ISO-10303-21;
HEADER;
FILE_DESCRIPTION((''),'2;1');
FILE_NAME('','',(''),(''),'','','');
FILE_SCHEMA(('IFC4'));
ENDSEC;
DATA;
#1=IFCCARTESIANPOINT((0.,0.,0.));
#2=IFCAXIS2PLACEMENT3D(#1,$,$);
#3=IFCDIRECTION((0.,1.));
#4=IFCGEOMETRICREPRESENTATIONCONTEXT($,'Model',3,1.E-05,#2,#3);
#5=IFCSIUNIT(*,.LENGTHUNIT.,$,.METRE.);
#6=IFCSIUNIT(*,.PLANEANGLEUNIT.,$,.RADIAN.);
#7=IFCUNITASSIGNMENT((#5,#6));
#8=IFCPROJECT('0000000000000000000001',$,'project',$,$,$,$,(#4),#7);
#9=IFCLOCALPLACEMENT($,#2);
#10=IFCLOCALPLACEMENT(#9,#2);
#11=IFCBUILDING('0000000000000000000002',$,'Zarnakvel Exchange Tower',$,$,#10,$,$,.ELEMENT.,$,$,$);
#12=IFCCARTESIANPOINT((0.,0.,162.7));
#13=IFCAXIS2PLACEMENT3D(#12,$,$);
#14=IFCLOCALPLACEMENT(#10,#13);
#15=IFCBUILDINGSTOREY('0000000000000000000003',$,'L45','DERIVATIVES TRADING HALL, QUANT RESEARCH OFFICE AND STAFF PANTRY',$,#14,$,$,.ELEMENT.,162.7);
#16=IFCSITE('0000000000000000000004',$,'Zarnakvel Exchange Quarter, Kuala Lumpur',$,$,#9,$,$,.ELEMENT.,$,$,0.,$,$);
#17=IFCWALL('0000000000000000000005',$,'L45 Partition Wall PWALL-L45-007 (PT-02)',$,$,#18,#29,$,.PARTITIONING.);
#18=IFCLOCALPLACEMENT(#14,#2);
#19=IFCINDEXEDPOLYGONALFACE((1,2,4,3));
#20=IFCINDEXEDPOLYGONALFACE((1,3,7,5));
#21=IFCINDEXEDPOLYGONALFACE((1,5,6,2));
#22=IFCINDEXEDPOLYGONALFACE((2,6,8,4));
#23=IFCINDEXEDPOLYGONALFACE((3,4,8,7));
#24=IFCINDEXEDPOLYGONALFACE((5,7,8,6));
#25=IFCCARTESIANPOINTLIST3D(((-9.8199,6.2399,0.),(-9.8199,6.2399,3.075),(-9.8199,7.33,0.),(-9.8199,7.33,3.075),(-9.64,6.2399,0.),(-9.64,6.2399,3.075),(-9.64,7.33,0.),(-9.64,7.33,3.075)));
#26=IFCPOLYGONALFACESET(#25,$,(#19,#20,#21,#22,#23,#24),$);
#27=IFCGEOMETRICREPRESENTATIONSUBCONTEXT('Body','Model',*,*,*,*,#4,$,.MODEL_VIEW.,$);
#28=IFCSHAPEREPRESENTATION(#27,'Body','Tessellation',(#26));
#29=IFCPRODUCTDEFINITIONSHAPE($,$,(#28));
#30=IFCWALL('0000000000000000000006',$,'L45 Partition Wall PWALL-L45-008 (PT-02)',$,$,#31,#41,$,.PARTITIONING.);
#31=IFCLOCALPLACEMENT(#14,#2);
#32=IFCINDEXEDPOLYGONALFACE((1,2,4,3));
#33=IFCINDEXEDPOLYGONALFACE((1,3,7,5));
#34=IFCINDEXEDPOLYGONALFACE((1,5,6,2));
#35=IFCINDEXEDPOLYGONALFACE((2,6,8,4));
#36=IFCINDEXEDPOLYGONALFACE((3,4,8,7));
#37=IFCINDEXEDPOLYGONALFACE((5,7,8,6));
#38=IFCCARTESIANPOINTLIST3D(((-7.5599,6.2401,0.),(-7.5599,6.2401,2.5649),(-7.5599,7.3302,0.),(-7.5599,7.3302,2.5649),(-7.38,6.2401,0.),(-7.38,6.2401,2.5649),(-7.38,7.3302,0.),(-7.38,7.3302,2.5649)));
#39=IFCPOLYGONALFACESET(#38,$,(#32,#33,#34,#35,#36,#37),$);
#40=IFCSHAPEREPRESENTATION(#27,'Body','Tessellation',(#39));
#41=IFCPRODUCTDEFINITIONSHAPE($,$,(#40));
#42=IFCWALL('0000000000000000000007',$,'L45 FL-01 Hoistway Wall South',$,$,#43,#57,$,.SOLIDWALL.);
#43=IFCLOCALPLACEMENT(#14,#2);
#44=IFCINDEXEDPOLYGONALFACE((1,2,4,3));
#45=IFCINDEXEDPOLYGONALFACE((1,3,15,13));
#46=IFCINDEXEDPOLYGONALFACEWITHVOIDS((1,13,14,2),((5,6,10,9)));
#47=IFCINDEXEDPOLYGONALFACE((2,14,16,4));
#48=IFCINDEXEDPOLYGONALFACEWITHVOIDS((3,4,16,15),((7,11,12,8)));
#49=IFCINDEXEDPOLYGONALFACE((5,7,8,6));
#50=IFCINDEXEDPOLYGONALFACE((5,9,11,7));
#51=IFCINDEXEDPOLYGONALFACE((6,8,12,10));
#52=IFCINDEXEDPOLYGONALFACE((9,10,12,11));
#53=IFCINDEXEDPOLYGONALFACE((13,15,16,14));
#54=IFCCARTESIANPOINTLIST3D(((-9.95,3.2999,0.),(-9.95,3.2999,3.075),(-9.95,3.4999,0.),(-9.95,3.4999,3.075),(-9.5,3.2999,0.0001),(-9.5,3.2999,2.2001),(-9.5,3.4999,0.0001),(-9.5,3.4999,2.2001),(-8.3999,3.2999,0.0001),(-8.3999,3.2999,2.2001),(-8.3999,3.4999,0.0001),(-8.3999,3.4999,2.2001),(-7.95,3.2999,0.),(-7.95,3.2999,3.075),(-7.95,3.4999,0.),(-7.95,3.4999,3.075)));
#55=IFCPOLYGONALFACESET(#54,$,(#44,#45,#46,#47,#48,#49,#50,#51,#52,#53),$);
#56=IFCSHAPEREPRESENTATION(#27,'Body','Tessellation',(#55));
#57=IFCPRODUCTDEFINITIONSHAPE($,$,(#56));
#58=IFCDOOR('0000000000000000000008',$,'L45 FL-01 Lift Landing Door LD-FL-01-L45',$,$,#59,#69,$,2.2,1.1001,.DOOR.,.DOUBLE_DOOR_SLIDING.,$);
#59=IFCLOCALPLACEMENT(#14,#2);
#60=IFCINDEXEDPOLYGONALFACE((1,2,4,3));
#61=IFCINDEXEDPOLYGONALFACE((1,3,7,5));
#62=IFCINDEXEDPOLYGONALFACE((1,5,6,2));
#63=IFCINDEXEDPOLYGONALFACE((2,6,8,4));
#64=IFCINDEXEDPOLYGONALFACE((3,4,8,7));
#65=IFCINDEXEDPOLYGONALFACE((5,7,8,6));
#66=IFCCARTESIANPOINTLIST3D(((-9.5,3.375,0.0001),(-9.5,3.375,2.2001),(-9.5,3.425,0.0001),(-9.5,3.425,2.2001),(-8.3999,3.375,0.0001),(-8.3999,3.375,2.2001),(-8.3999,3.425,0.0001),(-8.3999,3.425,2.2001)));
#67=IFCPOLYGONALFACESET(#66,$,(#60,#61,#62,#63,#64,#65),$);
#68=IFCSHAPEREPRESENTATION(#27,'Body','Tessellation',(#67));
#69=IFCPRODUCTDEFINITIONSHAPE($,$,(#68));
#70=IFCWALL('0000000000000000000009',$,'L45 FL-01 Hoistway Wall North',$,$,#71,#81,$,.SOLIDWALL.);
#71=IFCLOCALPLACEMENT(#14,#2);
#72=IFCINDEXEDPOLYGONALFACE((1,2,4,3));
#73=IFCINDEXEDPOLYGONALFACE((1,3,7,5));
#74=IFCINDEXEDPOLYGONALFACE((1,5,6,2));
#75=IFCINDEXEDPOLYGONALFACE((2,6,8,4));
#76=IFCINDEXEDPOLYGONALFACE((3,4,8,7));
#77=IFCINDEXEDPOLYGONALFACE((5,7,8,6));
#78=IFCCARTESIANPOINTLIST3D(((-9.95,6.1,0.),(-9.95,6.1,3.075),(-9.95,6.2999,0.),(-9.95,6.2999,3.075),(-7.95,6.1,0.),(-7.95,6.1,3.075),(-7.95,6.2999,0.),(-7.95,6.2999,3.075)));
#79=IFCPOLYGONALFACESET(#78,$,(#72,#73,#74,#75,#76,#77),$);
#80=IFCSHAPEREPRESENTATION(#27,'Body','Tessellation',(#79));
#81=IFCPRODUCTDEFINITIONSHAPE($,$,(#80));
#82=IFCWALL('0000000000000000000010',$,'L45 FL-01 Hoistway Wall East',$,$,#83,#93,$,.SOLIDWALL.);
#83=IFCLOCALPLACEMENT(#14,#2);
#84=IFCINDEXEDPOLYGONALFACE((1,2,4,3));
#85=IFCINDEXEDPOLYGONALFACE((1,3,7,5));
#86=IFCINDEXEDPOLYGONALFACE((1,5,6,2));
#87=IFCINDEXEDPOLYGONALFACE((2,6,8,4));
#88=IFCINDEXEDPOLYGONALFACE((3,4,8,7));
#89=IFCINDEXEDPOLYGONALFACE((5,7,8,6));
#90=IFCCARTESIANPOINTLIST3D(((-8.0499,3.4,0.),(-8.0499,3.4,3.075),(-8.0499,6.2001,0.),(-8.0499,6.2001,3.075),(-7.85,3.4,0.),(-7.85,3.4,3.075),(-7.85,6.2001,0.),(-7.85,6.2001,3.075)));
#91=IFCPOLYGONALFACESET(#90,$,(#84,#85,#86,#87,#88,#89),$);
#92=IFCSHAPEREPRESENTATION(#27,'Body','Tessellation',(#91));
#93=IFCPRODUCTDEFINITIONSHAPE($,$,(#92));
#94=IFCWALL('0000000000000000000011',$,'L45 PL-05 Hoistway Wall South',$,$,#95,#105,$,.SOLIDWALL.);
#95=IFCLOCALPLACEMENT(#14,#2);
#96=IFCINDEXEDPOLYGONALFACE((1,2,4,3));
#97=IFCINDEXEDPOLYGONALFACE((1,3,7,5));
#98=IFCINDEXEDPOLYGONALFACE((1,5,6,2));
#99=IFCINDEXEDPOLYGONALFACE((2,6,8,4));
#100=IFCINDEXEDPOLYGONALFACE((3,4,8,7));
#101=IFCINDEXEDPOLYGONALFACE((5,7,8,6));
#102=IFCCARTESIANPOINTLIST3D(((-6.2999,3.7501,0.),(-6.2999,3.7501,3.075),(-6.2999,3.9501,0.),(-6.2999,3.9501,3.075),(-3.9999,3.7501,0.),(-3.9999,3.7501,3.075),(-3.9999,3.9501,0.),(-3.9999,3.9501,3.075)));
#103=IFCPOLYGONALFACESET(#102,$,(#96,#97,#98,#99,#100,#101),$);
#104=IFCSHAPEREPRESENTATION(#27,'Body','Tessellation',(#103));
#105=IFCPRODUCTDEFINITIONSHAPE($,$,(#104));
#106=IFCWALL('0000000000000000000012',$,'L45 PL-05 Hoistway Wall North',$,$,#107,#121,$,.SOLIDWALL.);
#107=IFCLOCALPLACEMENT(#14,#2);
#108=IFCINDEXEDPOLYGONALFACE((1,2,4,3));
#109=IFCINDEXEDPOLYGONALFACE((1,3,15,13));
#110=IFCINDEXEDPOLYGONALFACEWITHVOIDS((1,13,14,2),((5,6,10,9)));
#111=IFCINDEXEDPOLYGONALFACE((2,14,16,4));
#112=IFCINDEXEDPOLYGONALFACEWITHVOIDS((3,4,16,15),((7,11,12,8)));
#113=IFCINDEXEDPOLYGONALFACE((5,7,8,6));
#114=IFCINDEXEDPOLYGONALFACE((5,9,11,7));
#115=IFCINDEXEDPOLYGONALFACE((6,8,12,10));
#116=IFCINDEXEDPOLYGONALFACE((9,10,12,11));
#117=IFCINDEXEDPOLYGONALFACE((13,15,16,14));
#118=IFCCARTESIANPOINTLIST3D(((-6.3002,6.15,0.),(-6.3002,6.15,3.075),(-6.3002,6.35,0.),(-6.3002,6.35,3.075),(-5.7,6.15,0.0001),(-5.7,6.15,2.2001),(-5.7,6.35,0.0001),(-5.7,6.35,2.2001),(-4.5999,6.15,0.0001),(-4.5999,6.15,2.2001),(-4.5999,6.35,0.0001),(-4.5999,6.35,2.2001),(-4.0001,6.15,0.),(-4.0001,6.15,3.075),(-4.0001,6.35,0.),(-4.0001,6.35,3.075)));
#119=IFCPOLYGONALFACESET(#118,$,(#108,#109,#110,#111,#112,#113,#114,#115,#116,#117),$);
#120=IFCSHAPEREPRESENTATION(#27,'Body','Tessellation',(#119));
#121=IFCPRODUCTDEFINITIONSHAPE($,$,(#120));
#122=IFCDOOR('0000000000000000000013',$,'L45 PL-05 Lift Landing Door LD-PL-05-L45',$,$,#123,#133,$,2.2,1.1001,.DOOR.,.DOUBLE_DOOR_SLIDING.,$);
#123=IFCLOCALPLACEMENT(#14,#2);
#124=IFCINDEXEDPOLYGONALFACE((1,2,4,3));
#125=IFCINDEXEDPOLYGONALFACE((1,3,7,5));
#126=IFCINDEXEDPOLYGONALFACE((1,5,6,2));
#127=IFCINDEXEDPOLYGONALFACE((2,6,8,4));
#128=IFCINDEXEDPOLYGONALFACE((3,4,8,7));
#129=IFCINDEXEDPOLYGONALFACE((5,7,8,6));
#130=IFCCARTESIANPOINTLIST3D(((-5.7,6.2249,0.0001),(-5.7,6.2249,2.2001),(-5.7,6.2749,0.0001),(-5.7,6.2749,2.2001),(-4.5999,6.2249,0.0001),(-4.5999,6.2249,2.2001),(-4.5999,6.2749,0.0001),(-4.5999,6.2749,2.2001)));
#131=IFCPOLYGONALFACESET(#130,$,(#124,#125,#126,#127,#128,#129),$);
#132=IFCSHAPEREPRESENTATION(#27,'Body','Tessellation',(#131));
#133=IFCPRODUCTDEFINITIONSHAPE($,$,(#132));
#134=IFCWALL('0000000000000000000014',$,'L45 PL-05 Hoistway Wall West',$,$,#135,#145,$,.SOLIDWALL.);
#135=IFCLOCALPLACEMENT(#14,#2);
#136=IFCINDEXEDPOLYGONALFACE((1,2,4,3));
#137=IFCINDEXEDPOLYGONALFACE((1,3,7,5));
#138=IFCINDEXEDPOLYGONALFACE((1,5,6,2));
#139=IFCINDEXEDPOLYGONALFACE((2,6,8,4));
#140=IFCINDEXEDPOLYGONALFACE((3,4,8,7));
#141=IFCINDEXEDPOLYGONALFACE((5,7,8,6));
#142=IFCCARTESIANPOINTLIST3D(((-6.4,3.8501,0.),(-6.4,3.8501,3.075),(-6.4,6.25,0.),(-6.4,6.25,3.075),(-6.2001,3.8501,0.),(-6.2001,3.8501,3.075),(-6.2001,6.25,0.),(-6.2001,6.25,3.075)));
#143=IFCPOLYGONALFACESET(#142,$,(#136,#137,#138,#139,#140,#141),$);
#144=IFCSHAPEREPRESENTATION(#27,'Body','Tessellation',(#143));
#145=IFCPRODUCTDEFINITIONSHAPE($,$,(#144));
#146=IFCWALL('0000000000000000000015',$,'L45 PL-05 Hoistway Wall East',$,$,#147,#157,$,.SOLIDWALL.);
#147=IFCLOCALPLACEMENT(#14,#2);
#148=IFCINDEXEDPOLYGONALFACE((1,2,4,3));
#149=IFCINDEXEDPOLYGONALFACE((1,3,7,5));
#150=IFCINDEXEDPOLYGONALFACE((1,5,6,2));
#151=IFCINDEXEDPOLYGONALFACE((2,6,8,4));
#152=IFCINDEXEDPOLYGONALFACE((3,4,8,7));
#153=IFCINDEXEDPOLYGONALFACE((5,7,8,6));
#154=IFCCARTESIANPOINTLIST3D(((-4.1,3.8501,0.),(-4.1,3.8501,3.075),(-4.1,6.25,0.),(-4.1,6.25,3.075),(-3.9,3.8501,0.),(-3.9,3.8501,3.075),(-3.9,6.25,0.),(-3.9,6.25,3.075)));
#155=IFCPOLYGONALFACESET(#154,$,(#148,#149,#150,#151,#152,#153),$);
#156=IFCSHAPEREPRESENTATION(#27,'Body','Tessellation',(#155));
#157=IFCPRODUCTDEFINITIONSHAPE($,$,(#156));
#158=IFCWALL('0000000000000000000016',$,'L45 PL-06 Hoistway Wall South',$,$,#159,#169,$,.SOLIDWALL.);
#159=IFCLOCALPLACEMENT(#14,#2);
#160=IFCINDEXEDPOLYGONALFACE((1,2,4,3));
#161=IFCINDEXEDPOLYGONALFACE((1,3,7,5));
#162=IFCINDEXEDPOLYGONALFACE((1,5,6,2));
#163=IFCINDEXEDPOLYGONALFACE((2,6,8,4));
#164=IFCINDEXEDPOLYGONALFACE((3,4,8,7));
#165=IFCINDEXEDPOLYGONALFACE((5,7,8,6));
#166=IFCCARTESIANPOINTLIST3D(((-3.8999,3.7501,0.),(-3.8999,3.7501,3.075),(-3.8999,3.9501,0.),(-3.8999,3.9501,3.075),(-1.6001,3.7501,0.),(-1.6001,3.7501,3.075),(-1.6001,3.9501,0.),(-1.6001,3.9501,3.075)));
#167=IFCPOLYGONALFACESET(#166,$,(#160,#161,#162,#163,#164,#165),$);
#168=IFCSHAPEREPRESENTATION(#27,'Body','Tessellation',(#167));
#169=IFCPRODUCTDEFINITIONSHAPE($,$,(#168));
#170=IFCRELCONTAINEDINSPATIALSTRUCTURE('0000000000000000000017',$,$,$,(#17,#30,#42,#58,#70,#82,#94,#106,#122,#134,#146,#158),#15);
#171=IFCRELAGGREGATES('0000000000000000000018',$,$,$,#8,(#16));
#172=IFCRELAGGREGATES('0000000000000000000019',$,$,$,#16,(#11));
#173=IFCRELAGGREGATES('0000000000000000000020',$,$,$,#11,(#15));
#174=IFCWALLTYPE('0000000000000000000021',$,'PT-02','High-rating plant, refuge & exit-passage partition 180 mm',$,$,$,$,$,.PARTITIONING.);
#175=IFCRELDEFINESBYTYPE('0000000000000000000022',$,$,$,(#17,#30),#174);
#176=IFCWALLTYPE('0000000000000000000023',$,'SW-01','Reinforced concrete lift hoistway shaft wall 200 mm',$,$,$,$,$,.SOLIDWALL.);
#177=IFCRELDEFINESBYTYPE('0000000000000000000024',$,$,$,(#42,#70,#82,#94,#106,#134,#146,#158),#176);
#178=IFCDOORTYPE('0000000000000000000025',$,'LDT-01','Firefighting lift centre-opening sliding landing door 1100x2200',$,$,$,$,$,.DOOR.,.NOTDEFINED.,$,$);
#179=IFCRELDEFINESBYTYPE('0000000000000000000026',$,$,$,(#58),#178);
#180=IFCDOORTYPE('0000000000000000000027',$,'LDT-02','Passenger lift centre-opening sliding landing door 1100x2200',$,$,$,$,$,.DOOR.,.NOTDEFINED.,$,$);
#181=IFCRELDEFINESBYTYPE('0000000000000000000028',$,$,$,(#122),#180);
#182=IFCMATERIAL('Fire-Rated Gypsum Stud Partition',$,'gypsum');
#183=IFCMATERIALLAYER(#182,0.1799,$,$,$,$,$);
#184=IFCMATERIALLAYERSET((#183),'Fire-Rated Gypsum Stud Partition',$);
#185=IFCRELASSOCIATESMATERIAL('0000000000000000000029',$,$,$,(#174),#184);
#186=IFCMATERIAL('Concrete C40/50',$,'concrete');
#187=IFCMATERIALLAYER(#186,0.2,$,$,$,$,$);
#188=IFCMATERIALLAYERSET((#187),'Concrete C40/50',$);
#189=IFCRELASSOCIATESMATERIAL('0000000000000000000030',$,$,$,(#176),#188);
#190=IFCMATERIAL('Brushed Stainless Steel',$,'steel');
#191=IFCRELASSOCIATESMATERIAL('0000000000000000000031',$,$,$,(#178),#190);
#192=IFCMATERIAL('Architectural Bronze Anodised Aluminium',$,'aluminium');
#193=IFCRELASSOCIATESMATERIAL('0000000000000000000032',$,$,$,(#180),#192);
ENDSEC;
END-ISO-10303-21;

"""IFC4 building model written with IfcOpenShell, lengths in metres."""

from ifc_helpers import new_model, si_unit, direction, frame, frame_2d, origin, place, context, subcontext, project, spatial, rectangle, extrude, source, transform, mapped, material, layer, layer_set, type_object, element, fill, save


model = new_model("IFC4")

# Units and contexts
model_context = context("Model", 3, precision=1e-05, world=origin(), true_north=direction((0.0, 1.0)))
body_context = subcontext(model_context, "Body", "Model", "MODEL_VIEW")
ifc_project = project(units=[si_unit("LENGTHUNIT", "METRE"), si_unit("PLANEANGLEUNIT", "RADIAN")], contexts=[model_context])

# Site, building, storey
site_placement = place(None, origin())
site = spatial("IfcSite", under=ifc_project, at=site_placement, Name="Zarnakvel Exchange Quarter, Kuala Lumpur", CompositionType="ELEMENT", RefElevation=0.0)
building_placement = place(site_placement, origin())
building = spatial("IfcBuilding", under=site, at=building_placement, Name="Zarnakvel Exchange Tower", CompositionType="ELEMENT")
storey_placement = place(building_placement, frame((0.0, 0.0, 162.7)))
storey = spatial("IfcBuildingStorey", under=building, at=storey_placement, Name="L45", Description="DERIVATIVES TRADING HALL, QUANT RESEARCH OFFICE AND STAFF PANTRY", CompositionType="ELEMENT", Elevation=162.7)

# Walls
ifc_material_1 = material(Name="Fire-Rated Gypsum Stud Partition", Category="gypsum")
ifc_layer_1 = layer(ifc_material_1, 0.1799)
ifc_layer_set_1 = layer_set([ifc_layer_1], Name="Fire-Rated Gypsum Stud Partition")
wall_type_1 = type_object("IfcWallType", Name="PT-02", Description="High-rating plant, refuge & exit-passage partition 180 mm", PredefinedType="PARTITIONING", material=ifc_layer_set_1)
wall_1_placement = place(storey_placement, frame((-9.73, 6.24, 0.0), z_axis=(0.0, 0.0, 1.0), x_axis=(0.0, 1.0, 0.0)))
element("IfcWall", 1, at=wall_1_placement, inside=storey, type_object=wall_type_1, Name="L45 Partition Wall PWALL-L45-007 (PT-02)", PredefinedType="PARTITIONING", context=body_context, shape_type="SweptSolid", body=[
    extrude(rectangle(XDim=1.0901, YDim=0.1799, at=frame_2d((0.5449, 0.0))), origin(), (0.0, 0.0, 1.0), 3.075),
])
wall_2_placement = place(storey_placement, frame((-7.47, 7.3301, 0.0), z_axis=(0.0, 0.0, 1.0), x_axis=(0.0, -1.0, 0.0)))
element("IfcWall", 2, at=wall_2_placement, inside=storey, type_object=wall_type_1, Name="L45 Partition Wall PWALL-L45-008 (PT-02)", PredefinedType="PARTITIONING", context=body_context, shape_type="SweptSolid", body=[
    extrude(rectangle(XDim=1.0901, YDim=0.1799, at=frame_2d((0.5449, 0.0))), origin(), (0.0, 0.0, 1.0), 2.5649),
])

# Wall, opening, door
ifc_material_2 = material(Name="Concrete C40/50", Category="concrete")
ifc_layer_2 = layer(ifc_material_2, 0.2)
ifc_layer_set_2 = layer_set([ifc_layer_2], Name="Concrete C40/50")
wall_type_2 = type_object("IfcWallType", Name="SW-01", Description="Reinforced concrete lift hoistway shaft wall 200 mm", PredefinedType="SOLIDWALL", material=ifc_layer_set_2)
wall_3_placement = place(storey_placement, frame((-7.95, 3.3999, 0.0), z_axis=(0.0, 0.0, 1.0), x_axis=(-1.0, 0.0, 0.0)))
wall_3 = element("IfcWall", 3, at=wall_3_placement, inside=storey, type_object=wall_type_2, Name="L45 FL-01 Hoistway Wall South", PredefinedType="SOLIDWALL", context=body_context, shape_type="SweptSolid", body=[
    extrude(rectangle(XDim=2.0, YDim=0.2, at=frame_2d((1.0, 0.0))), origin(), (0.0, 0.0, 1.0), 3.075),
])
opening_1_placement = place(wall_3_placement, frame((0.45, 0.0, 0.0)))
opening_1 = element("IfcOpeningElement", 4, at=opening_1_placement, cuts=wall_3, PredefinedType="OPENING", context=body_context, shape_type="SweptSolid", body=[
    extrude(rectangle(XDim=1.1001, YDim=2.2, at=frame_2d((0.55, 1.1001))), frame((0.0, 0.1099, 0.0), z_axis=(0.0, -1.0, 0.0), x_axis=(1.0, 0.0, 0.0)), (0.0, 0.0, 1.0), 0.22),
])
ifc_material_3 = material(Name="Brushed Stainless Steel", Category="steel")
door_type_1 = type_object("IfcDoorType", Name="LDT-01", Description="Firefighting lift centre-opening sliding landing door 1100x2200", OperationType="NOTDEFINED", PredefinedType="DOOR", material=ifc_material_3)
shared_shape = source(origin(), body_context, "Body", "SweptSolid", [
    extrude(rectangle(XDim=1.1001, YDim=2.2, at=frame_2d((0.55, 1.1001))), frame((0.0, 0.0249, 0.0), z_axis=(0.0, -1.0, 0.0), x_axis=(1.0, 0.0, 0.0)), (0.0, 0.0, 1.0), 0.05),
])
door_1_placement = place(opening_1_placement, origin())
door_1 = element("IfcDoor", 5, at=door_1_placement, inside=storey, type_object=door_type_1, Name="L45 FL-01 Lift Landing Door LD-FL-01-L45", OperationType="DOUBLE_DOOR_SLIDING", OverallHeight=2.2, OverallWidth=1.1001, PredefinedType="DOOR", context=body_context, shape_type="MappedRepresentation", body=[
    mapped(shared_shape, transform((0.0, 0.0, 0.0), x_axis=(1.0, 0.0, 0.0), y_axis=(0.0, 1.0, 0.0), z_axis=(0.0, 0.0, 1.0), scale=1.0)),
])
fill(opening_1, door_1)

# Walls
wall_4_placement = place(storey_placement, frame((-9.95, 6.2, 0.0), z_axis=(0.0, 0.0, 1.0), x_axis=(1.0, 0.0, 0.0)))
element("IfcWall", 6, at=wall_4_placement, inside=storey, type_object=wall_type_2, Name="L45 FL-01 Hoistway Wall North", PredefinedType="SOLIDWALL", context=body_context, shape_type="SweptSolid", body=[
    extrude(rectangle(XDim=2.0, YDim=0.2, at=frame_2d((1.0, 0.0))), origin(), (0.0, 0.0, 1.0), 3.075),
])
wall_5_placement = place(storey_placement, frame((-7.95, 6.2, 0.0), z_axis=(0.0, 0.0, 1.0), x_axis=(0.0, -1.0, 0.0)))
element("IfcWall", 7, at=wall_5_placement, inside=storey, type_object=wall_type_2, Name="L45 FL-01 Hoistway Wall East", PredefinedType="SOLIDWALL", context=body_context, shape_type="SweptSolid", body=[
    extrude(rectangle(XDim=2.8, YDim=0.2, at=frame_2d((1.3999, 0.0))), origin(), (0.0, 0.0, 1.0), 3.075),
])
wall_6_placement = place(storey_placement, frame((-4.0, 3.8501, 0.0), z_axis=(0.0, 0.0, 1.0), x_axis=(-1.0, 0.0, 0.0)))
element("IfcWall", 8, at=wall_6_placement, inside=storey, type_object=wall_type_2, Name="L45 PL-05 Hoistway Wall South", PredefinedType="SOLIDWALL", context=body_context, shape_type="SweptSolid", body=[
    extrude(rectangle(XDim=2.3, YDim=0.2, at=frame_2d((1.1499, 0.0))), origin(), (0.0, 0.0, 1.0), 3.075),
])

# Wall, opening, door
wall_7_placement = place(storey_placement, frame((-6.3, 6.25, 0.0), z_axis=(0.0, 0.0, 1.0), x_axis=(1.0, 0.0, 0.0)))
wall_7 = element("IfcWall", 9, at=wall_7_placement, inside=storey, type_object=wall_type_2, Name="L45 PL-05 Hoistway Wall North", PredefinedType="SOLIDWALL", context=body_context, shape_type="SweptSolid", body=[
    extrude(rectangle(XDim=2.3, YDim=0.2, at=frame_2d((1.1499, 0.0))), origin(), (0.0, 0.0, 1.0), 3.075),
])
opening_2_placement = place(wall_7_placement, frame((0.6001, 0.0, 0.0)))
opening_2 = element("IfcOpeningElement", 10, at=opening_2_placement, cuts=wall_7, PredefinedType="OPENING", context=body_context, shape_type="SweptSolid", body=[
    extrude(rectangle(XDim=1.1001, YDim=2.2, at=frame_2d((0.55, 1.1001))), frame((0.0, 0.1099, 0.0), z_axis=(0.0, -1.0, 0.0), x_axis=(1.0, 0.0, 0.0)), (0.0, 0.0, 1.0), 0.22),
])
ifc_material_4 = material(Name="Architectural Bronze Anodised Aluminium", Category="aluminium")
door_type_2 = type_object("IfcDoorType", Name="LDT-02", Description="Passenger lift centre-opening sliding landing door 1100x2200", OperationType="NOTDEFINED", PredefinedType="DOOR", material=ifc_material_4)
door_2_placement = place(opening_2_placement, origin())
door_2 = element("IfcDoor", 11, at=door_2_placement, inside=storey, type_object=door_type_2, Name="L45 PL-05 Lift Landing Door LD-PL-05-L45", OperationType="DOUBLE_DOOR_SLIDING", OverallHeight=2.2, OverallWidth=1.1001, PredefinedType="DOOR", context=body_context, shape_type="MappedRepresentation", body=[
    mapped(shared_shape, transform((0.0, 0.0, 0.0), x_axis=(1.0, 0.0, 0.0), y_axis=(0.0, 1.0, 0.0), z_axis=(0.0, 0.0, 1.0), scale=1.0)),
])
fill(opening_2, door_2)

# Walls
for number, where, z_axis, x_axis, name in (
    (12, (-6.3, 3.8501, 0.0), (0.0, 0.0, 1.0), (0.0, 1.0, 0.0), "L45 PL-05 Hoistway Wall West"),
    (13, (-4.0, 6.25, 0.0), (0.0, 0.0, 1.0), (0.0, -1.0, 0.0), "L45 PL-05 Hoistway Wall East"),
):
    element("IfcWall", number, at=place(storey_placement, frame(where, z_axis=z_axis, x_axis=x_axis)), inside=storey, type_object=wall_type_2, Name=name, PredefinedType="SOLIDWALL", context=body_context, shape_type="SweptSolid", body=[
        extrude(rectangle(XDim=2.3999, YDim=0.2, at=frame_2d((1.2, 0.0))), origin(), (0.0, 0.0, 1.0), 3.075),
    ])
wall_8_placement = place(storey_placement, frame((-1.6001, 3.8501, 0.0), z_axis=(0.0, 0.0, 1.0), x_axis=(-1.0, 0.0, 0.0)))
element("IfcWall", 14, at=wall_8_placement, inside=storey, type_object=wall_type_2, Name="L45 PL-06 Hoistway Wall South", PredefinedType="SOLIDWALL", context=body_context, shape_type="SweptSolid", body=[
    extrude(rectangle(XDim=2.2998, YDim=0.2, at=frame_2d((1.1499, 0.0))), origin(), (0.0, 0.0, 1.0), 3.075),
])

save(model, "model.ifc")
